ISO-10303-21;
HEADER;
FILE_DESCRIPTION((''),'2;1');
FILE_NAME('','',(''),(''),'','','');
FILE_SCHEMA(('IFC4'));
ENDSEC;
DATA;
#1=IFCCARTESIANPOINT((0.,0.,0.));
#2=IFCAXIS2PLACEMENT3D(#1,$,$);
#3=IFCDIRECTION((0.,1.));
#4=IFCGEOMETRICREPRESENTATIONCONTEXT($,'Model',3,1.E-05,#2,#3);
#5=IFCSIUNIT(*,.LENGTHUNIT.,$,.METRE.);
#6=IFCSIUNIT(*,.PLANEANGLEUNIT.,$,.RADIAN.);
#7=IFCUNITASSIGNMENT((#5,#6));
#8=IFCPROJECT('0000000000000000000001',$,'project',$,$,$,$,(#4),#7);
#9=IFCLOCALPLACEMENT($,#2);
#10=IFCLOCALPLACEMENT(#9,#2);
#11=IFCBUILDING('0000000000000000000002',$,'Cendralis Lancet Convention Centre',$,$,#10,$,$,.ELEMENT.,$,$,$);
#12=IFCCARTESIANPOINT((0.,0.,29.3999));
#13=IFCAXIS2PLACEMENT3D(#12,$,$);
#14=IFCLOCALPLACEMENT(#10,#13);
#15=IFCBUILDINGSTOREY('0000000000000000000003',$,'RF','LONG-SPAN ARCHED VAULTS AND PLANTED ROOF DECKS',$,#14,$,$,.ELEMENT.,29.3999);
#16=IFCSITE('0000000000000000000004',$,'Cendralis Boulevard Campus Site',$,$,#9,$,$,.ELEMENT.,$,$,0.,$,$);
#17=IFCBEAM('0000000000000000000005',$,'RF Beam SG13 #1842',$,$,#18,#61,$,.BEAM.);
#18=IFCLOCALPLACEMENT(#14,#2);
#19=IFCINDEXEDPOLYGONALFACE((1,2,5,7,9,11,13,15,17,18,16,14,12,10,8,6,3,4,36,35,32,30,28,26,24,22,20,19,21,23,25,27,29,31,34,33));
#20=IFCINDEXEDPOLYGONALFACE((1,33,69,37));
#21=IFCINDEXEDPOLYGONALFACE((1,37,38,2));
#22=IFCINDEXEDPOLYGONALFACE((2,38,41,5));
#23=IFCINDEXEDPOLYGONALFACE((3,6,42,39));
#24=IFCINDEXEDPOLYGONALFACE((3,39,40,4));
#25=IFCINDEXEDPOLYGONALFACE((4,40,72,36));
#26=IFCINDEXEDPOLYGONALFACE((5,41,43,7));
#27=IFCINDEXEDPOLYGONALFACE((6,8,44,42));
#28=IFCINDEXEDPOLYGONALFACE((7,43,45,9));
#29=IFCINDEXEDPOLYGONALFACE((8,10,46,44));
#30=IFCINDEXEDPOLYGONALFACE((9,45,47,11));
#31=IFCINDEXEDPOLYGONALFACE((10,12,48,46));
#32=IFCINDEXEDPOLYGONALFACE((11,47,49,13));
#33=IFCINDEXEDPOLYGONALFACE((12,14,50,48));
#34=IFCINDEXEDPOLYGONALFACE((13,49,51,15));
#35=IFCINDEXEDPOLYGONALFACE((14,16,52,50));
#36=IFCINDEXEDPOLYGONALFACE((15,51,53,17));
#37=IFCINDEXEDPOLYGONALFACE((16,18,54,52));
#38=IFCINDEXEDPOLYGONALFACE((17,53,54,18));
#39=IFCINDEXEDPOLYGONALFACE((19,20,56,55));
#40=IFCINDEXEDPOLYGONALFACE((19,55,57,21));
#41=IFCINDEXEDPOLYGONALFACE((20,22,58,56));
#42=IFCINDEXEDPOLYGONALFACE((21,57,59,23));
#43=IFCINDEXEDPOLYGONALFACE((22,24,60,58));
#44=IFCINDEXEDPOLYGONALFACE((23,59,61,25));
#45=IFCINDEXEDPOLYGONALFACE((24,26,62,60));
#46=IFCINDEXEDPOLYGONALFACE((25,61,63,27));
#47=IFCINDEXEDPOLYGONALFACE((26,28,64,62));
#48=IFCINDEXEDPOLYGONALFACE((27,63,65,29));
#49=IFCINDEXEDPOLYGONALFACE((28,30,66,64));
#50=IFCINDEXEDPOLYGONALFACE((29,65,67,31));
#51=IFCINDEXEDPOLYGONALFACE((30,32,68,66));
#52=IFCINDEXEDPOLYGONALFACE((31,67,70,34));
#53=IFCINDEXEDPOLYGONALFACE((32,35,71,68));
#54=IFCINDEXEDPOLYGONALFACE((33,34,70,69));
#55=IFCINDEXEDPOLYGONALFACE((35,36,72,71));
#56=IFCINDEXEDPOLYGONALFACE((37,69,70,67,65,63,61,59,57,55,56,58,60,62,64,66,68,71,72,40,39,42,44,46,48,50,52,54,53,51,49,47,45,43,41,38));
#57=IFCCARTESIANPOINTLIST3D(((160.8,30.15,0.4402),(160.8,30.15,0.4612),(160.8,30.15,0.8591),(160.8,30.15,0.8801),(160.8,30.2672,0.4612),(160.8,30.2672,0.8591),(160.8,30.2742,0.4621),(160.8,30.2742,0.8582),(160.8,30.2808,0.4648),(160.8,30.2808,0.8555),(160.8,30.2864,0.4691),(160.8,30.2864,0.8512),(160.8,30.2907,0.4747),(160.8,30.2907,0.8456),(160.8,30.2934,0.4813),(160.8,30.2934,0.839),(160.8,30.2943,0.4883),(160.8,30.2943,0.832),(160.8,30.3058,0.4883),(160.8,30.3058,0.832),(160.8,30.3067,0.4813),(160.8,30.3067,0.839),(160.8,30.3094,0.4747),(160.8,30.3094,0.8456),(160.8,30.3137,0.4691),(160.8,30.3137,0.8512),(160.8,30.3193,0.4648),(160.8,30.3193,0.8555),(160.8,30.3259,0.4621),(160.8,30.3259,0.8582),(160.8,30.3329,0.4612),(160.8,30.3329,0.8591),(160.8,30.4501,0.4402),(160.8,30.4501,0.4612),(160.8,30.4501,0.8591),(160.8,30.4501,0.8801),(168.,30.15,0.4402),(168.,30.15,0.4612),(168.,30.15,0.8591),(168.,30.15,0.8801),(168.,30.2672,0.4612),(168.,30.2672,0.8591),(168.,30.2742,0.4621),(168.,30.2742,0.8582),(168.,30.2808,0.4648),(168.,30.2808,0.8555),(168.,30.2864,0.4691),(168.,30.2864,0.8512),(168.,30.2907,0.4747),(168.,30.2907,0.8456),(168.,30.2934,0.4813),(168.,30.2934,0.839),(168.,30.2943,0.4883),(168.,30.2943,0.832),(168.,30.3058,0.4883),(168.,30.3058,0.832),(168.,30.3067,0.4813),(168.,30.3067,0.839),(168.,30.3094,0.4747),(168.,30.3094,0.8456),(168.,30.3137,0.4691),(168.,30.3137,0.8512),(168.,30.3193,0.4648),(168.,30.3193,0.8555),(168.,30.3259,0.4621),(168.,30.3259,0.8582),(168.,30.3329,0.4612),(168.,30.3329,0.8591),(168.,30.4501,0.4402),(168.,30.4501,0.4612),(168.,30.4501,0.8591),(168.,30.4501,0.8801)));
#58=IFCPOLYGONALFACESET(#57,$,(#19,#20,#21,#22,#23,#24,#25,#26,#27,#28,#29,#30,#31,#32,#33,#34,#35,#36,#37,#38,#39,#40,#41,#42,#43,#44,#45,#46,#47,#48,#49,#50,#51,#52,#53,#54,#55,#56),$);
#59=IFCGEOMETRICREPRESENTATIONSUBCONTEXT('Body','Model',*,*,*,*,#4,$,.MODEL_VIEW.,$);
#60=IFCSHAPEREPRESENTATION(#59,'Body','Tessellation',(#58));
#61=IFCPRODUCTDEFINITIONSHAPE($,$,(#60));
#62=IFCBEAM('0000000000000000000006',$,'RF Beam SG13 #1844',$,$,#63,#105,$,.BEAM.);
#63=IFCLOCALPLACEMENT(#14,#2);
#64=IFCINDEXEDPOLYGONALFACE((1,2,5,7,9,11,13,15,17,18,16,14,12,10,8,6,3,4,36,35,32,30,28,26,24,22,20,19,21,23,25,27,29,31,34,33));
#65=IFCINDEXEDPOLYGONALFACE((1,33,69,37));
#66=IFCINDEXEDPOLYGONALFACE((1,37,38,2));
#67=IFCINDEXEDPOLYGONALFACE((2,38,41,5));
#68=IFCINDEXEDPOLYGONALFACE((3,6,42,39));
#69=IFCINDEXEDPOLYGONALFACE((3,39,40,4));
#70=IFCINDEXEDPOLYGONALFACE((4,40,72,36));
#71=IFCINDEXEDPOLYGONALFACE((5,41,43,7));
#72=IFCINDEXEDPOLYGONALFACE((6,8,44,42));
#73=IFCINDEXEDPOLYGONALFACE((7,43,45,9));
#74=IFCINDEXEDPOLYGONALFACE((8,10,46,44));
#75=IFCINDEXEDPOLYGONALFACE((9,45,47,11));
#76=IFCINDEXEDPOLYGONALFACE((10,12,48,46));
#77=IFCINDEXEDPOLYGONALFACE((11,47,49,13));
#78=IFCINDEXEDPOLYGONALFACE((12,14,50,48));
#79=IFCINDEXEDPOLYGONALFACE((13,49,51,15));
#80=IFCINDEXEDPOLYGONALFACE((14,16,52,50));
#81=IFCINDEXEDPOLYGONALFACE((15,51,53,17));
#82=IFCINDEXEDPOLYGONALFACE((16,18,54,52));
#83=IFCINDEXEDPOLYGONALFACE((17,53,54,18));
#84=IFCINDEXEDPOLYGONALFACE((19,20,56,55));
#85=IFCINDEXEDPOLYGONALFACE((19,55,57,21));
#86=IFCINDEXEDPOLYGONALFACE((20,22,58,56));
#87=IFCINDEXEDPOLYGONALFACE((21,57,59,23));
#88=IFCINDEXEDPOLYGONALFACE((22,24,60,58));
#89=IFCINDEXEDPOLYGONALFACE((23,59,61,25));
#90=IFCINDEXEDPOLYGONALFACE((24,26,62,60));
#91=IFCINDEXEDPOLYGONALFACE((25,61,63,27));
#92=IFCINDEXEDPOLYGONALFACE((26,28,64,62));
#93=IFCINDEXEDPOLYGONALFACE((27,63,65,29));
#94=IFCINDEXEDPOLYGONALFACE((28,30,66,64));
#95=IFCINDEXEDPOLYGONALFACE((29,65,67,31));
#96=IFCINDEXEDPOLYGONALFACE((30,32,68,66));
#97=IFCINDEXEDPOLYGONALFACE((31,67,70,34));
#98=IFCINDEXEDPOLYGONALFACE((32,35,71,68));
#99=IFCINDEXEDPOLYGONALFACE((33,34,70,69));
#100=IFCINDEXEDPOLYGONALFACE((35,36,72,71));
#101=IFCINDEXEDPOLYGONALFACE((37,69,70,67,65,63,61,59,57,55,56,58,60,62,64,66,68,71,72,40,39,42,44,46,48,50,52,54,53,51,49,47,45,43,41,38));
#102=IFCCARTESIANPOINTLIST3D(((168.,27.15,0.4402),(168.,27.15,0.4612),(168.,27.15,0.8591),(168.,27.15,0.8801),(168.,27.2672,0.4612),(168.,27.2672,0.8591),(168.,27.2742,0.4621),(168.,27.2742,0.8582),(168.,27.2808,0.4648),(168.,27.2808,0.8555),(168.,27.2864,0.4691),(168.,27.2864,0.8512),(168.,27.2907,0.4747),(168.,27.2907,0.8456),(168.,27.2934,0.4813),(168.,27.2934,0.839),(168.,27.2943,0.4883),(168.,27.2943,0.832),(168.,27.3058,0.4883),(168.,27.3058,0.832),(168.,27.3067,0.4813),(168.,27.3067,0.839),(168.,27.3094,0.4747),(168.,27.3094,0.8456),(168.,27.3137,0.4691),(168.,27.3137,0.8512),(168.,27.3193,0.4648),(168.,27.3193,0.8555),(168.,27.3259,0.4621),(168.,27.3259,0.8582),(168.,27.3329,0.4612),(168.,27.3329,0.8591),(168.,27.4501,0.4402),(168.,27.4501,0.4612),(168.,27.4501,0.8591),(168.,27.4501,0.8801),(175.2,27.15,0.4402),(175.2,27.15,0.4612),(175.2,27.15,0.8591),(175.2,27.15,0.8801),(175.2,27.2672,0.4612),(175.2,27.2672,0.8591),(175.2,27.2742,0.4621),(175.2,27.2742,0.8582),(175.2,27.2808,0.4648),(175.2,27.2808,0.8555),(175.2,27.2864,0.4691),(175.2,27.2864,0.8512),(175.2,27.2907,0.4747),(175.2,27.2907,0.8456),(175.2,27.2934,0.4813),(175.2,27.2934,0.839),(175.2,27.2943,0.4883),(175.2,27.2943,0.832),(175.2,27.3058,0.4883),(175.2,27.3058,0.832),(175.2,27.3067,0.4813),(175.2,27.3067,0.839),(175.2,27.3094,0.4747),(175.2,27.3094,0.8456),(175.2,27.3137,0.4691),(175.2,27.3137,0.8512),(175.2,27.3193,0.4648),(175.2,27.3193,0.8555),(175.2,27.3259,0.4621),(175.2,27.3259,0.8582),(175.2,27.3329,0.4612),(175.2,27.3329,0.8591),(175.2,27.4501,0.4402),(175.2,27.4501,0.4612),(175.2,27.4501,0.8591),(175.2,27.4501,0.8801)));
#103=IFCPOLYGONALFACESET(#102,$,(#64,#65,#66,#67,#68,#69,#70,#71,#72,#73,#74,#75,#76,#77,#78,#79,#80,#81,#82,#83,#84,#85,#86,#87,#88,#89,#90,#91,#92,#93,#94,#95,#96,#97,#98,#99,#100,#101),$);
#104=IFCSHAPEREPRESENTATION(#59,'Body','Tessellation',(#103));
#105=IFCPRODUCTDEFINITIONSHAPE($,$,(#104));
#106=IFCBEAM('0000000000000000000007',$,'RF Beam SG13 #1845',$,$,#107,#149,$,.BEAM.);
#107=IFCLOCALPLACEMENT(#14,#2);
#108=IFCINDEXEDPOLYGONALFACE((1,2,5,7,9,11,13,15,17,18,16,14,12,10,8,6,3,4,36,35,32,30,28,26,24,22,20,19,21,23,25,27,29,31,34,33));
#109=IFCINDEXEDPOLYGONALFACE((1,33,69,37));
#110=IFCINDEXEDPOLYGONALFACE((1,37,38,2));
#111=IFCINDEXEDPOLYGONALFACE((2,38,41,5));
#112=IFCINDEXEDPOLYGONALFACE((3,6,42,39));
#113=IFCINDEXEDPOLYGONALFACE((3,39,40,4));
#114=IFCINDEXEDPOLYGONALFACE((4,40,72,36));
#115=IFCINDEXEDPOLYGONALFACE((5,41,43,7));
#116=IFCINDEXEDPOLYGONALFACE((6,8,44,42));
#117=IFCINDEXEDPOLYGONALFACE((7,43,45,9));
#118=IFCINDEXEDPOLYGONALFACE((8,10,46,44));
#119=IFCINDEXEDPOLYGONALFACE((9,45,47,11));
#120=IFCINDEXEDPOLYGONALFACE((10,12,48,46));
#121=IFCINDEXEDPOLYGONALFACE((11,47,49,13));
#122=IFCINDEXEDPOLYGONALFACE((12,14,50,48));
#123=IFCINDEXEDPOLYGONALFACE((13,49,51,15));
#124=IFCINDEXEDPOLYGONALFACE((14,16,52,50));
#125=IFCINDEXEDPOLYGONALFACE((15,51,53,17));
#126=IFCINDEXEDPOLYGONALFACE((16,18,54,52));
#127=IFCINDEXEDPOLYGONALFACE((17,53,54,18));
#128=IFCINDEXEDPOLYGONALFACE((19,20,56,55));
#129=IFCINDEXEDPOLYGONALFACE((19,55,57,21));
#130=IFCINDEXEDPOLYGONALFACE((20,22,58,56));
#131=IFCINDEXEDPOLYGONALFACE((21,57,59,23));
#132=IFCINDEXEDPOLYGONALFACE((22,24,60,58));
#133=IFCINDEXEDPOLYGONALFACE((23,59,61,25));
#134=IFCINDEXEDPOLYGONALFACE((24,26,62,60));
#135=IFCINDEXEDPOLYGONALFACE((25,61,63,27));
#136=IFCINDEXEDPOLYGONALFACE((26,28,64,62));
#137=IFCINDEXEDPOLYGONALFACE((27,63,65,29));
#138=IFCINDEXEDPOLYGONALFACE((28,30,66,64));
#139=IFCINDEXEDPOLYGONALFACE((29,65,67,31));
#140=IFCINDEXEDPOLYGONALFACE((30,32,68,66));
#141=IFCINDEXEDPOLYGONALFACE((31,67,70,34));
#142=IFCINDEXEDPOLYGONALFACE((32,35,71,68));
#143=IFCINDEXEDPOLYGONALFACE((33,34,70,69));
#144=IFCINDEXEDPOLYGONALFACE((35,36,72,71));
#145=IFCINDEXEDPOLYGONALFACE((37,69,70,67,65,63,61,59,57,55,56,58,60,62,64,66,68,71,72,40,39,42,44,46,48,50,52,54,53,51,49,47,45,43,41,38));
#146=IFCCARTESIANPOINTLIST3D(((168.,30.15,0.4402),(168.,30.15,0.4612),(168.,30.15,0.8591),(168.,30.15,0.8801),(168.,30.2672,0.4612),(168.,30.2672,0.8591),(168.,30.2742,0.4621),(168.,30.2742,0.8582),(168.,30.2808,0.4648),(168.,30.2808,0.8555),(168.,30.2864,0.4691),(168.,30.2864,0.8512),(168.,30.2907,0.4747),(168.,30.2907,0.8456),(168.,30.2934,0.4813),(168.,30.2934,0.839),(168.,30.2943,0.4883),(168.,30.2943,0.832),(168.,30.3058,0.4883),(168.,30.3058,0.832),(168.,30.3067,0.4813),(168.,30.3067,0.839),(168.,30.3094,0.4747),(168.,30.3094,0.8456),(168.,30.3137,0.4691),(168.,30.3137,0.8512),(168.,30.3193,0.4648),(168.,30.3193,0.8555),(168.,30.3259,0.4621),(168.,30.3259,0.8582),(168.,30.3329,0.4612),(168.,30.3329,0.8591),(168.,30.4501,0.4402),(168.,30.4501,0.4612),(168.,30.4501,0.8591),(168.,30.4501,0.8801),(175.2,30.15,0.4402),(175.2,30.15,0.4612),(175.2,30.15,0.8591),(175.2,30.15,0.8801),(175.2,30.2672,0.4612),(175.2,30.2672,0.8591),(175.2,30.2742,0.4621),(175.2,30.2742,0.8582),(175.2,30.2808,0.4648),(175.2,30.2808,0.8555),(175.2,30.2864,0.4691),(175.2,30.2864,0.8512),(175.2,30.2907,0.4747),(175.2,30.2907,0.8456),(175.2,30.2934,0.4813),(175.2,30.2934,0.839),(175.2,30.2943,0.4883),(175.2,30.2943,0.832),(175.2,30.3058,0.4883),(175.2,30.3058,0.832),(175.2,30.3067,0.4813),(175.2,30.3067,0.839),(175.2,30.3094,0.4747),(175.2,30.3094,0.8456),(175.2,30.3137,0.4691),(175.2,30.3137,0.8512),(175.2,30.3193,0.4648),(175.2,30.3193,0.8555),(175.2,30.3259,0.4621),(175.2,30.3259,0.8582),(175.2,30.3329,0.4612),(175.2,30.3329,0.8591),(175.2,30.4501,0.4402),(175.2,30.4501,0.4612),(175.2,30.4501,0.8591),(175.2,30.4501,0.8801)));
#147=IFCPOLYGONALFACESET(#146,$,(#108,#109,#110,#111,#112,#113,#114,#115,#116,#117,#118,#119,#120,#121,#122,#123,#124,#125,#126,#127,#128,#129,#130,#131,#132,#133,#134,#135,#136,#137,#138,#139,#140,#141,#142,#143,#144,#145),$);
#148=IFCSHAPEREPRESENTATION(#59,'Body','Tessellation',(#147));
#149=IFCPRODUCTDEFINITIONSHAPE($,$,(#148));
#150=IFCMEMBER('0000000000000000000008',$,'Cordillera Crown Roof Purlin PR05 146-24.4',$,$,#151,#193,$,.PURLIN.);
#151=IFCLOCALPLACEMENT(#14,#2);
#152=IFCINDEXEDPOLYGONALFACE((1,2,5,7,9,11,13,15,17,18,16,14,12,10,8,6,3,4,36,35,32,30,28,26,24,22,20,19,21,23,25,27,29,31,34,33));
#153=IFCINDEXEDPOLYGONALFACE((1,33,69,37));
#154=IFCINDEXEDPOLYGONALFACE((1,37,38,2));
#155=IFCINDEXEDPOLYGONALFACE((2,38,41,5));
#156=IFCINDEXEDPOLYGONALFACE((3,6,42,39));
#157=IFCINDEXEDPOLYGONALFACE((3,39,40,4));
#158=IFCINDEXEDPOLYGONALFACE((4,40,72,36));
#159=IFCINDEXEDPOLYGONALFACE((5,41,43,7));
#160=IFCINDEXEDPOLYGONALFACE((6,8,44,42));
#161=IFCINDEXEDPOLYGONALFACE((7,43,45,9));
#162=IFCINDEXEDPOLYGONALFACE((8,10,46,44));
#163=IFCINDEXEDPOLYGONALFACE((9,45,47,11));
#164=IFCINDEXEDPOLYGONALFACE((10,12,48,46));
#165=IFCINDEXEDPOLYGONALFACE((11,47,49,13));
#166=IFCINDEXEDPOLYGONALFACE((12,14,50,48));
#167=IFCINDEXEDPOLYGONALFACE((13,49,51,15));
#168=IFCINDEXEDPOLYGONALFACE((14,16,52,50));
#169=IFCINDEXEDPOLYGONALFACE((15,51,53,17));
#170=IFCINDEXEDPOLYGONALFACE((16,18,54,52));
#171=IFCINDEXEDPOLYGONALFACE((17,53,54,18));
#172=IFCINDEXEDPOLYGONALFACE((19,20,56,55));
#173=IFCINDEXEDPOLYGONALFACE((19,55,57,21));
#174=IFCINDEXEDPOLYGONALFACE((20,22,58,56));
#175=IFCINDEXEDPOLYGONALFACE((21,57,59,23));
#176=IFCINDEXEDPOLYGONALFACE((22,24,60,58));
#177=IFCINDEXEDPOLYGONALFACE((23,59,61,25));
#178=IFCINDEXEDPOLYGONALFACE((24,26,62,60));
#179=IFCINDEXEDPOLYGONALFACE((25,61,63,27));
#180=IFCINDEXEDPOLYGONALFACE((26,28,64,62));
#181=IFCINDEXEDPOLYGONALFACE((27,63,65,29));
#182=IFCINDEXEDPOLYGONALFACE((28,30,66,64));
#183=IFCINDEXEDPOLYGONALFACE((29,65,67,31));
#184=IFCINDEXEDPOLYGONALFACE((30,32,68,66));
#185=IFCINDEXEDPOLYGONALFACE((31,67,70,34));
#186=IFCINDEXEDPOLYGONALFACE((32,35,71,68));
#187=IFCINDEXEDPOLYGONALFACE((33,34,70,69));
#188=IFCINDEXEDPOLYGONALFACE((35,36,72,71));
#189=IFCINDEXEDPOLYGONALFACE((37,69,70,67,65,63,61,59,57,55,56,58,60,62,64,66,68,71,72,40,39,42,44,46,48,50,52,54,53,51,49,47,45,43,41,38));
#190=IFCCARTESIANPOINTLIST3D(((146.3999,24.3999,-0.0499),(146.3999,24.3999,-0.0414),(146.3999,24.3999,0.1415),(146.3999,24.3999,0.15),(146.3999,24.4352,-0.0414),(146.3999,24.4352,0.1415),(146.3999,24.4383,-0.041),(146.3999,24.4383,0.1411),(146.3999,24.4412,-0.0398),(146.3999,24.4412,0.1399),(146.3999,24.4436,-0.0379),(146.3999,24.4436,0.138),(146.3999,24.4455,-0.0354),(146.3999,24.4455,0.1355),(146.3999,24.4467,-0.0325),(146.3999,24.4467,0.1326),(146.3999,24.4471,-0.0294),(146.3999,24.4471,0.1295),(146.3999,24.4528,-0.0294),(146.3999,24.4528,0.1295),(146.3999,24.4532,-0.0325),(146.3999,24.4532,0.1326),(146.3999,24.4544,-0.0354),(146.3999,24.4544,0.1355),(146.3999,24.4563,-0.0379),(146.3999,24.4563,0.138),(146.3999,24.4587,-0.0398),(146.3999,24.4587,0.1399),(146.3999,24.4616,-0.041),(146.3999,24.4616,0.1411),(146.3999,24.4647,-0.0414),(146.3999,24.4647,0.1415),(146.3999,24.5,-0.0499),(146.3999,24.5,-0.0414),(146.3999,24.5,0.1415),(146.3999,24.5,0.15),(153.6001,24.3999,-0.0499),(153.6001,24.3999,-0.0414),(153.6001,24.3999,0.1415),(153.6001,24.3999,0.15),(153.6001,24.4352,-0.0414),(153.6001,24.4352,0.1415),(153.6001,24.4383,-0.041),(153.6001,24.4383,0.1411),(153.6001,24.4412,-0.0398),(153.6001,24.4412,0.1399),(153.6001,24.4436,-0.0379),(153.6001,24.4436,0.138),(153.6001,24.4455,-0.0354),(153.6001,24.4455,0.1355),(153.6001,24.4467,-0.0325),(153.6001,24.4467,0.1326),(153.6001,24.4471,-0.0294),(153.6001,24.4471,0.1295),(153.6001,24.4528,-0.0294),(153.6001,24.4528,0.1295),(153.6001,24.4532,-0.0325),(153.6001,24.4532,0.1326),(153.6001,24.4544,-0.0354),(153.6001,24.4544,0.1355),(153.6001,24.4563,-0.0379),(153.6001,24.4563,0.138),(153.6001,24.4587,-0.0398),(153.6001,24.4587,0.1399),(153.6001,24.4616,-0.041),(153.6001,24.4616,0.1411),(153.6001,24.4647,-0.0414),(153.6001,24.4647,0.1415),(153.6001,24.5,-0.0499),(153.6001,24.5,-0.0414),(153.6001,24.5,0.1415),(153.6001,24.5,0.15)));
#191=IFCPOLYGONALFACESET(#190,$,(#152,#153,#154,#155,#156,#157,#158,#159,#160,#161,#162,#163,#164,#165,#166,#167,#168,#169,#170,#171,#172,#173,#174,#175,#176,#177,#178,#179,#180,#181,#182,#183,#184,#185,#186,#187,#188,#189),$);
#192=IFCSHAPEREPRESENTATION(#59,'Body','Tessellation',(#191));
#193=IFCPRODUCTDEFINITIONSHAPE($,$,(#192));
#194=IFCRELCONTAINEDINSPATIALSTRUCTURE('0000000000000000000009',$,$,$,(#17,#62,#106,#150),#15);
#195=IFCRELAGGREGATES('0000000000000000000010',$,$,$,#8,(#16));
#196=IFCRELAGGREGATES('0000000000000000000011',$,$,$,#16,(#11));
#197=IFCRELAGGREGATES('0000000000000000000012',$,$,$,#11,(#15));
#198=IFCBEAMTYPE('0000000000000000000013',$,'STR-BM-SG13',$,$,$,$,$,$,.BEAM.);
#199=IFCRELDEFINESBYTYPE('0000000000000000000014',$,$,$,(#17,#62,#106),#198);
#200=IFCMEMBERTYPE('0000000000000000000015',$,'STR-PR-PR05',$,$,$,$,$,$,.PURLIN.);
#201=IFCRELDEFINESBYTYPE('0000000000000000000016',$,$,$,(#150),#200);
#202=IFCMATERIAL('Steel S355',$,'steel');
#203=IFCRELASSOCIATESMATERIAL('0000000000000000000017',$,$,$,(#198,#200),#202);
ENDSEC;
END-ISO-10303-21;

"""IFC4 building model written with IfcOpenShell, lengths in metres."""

from ifc_helpers import new_model, si_unit, direction, frame, origin, origin_2d, place, context, subcontext, project, spatial, i_section, extrude, material, material_profile, profile_set, type_object, element, save


model = new_model("IFC4")

# Units and contexts
model_context = context("Model", 3, precision=1e-05, world=origin(), true_north=direction((0.0, 1.0)))
body_context = subcontext(model_context, "Body", "Model", "MODEL_VIEW")
ifc_project = project(units=[si_unit("LENGTHUNIT", "METRE"), si_unit("PLANEANGLEUNIT", "RADIAN")], contexts=[model_context])

# Site, building, storey
site_placement = place(None, origin())
site = spatial("IfcSite", under=ifc_project, at=site_placement, Name="Cendralis Boulevard Campus Site", CompositionType="ELEMENT", RefElevation=0.0)
building_placement = place(site_placement, origin())
building = spatial("IfcBuilding", under=site, at=building_placement, Name="Cendralis Lancet Convention Centre", CompositionType="ELEMENT")
storey_placement = place(building_placement, frame((0.0, 0.0, 29.3999)))
storey = spatial("IfcBuildingStorey", under=building, at=storey_placement, Name="RF", Description="LONG-SPAN ARCHED VAULTS AND PLANTED ROOF DECKS", CompositionType="ELEMENT", Elevation=29.3999)

# Beams
ifc_material_1 = material(Name="Steel S355", Category="steel")
ifc_material_profile_1 = material_profile(ifc_material_1, i_section(OverallWidth=0.3, OverallDepth=0.4399, WebThickness=0.0115, FlangeThickness=0.021, FilletRadius=0.0271, at=origin_2d()), Name="HEA 450")
ifc_profile_set_1 = profile_set([ifc_material_profile_1], Name="Steel S355")
beam_type_1 = type_object("IfcBeamType", Name="STR-BM-SG13", PredefinedType="BEAM", material=ifc_profile_set_1)
for number, where, z_axis, x_axis, name in (
    (1, (160.8, 30.3, 0.6602), (1.0, 0.0, 0.0), (0.0, 1.0, 0.0), "RF Beam SG13 #1842"),
    (2, (168.0, 27.3, 0.6602), (1.0, 0.0, 0.0), (0.0, 1.0, 0.0), "RF Beam SG13 #1844"),
    (3, (168.0, 30.3, 0.6602), (1.0, 0.0, 0.0), (0.0, 1.0, 0.0), "RF Beam SG13 #1845"),
):
    element("IfcBeam", number, at=place(storey_placement, frame(where, z_axis=z_axis, x_axis=x_axis)), inside=storey, type_object=beam_type_1, Name=name, PredefinedType="BEAM", context=body_context, shape_type="SweptSolid", body=[
        extrude(i_section(OverallWidth=0.3, OverallDepth=0.4399, WebThickness=0.0115, FlangeThickness=0.021, FilletRadius=0.0271, at=origin_2d()), origin(), (0.0, 0.0, 1.0), 7.2),
    ])

# Member
ifc_material_profile_2 = material_profile(ifc_material_1, i_section(OverallWidth=0.1001, OverallDepth=0.2, WebThickness=0.0056, FlangeThickness=0.0085, FilletRadius=0.012, at=origin_2d()), Name="IPE 200")
ifc_profile_set_2 = profile_set([ifc_material_profile_2], Name="Steel S355")
member_type_1 = type_object("IfcMemberType", Name="STR-PR-PR05", PredefinedType="PURLIN", material=ifc_profile_set_2)
member_1_placement = place(storey_placement, frame((146.3999, 24.45, 0.05), z_axis=(1.0, 0.0, 0.0), x_axis=(0.0, 1.0, 0.0)))
element("IfcMember", 4, at=member_1_placement, inside=storey, type_object=member_type_1, Name="Cordillera Crown Roof Purlin PR05 146-24.4", PredefinedType="PURLIN", context=body_context, shape_type="SweptSolid", body=[
    extrude(i_section(OverallWidth=0.1001, OverallDepth=0.2, WebThickness=0.0056, FlangeThickness=0.0085, FilletRadius=0.012, at=origin_2d()), origin(), (0.0, 0.0, 1.0), 7.2002),
])

save(model, "model.ifc")
